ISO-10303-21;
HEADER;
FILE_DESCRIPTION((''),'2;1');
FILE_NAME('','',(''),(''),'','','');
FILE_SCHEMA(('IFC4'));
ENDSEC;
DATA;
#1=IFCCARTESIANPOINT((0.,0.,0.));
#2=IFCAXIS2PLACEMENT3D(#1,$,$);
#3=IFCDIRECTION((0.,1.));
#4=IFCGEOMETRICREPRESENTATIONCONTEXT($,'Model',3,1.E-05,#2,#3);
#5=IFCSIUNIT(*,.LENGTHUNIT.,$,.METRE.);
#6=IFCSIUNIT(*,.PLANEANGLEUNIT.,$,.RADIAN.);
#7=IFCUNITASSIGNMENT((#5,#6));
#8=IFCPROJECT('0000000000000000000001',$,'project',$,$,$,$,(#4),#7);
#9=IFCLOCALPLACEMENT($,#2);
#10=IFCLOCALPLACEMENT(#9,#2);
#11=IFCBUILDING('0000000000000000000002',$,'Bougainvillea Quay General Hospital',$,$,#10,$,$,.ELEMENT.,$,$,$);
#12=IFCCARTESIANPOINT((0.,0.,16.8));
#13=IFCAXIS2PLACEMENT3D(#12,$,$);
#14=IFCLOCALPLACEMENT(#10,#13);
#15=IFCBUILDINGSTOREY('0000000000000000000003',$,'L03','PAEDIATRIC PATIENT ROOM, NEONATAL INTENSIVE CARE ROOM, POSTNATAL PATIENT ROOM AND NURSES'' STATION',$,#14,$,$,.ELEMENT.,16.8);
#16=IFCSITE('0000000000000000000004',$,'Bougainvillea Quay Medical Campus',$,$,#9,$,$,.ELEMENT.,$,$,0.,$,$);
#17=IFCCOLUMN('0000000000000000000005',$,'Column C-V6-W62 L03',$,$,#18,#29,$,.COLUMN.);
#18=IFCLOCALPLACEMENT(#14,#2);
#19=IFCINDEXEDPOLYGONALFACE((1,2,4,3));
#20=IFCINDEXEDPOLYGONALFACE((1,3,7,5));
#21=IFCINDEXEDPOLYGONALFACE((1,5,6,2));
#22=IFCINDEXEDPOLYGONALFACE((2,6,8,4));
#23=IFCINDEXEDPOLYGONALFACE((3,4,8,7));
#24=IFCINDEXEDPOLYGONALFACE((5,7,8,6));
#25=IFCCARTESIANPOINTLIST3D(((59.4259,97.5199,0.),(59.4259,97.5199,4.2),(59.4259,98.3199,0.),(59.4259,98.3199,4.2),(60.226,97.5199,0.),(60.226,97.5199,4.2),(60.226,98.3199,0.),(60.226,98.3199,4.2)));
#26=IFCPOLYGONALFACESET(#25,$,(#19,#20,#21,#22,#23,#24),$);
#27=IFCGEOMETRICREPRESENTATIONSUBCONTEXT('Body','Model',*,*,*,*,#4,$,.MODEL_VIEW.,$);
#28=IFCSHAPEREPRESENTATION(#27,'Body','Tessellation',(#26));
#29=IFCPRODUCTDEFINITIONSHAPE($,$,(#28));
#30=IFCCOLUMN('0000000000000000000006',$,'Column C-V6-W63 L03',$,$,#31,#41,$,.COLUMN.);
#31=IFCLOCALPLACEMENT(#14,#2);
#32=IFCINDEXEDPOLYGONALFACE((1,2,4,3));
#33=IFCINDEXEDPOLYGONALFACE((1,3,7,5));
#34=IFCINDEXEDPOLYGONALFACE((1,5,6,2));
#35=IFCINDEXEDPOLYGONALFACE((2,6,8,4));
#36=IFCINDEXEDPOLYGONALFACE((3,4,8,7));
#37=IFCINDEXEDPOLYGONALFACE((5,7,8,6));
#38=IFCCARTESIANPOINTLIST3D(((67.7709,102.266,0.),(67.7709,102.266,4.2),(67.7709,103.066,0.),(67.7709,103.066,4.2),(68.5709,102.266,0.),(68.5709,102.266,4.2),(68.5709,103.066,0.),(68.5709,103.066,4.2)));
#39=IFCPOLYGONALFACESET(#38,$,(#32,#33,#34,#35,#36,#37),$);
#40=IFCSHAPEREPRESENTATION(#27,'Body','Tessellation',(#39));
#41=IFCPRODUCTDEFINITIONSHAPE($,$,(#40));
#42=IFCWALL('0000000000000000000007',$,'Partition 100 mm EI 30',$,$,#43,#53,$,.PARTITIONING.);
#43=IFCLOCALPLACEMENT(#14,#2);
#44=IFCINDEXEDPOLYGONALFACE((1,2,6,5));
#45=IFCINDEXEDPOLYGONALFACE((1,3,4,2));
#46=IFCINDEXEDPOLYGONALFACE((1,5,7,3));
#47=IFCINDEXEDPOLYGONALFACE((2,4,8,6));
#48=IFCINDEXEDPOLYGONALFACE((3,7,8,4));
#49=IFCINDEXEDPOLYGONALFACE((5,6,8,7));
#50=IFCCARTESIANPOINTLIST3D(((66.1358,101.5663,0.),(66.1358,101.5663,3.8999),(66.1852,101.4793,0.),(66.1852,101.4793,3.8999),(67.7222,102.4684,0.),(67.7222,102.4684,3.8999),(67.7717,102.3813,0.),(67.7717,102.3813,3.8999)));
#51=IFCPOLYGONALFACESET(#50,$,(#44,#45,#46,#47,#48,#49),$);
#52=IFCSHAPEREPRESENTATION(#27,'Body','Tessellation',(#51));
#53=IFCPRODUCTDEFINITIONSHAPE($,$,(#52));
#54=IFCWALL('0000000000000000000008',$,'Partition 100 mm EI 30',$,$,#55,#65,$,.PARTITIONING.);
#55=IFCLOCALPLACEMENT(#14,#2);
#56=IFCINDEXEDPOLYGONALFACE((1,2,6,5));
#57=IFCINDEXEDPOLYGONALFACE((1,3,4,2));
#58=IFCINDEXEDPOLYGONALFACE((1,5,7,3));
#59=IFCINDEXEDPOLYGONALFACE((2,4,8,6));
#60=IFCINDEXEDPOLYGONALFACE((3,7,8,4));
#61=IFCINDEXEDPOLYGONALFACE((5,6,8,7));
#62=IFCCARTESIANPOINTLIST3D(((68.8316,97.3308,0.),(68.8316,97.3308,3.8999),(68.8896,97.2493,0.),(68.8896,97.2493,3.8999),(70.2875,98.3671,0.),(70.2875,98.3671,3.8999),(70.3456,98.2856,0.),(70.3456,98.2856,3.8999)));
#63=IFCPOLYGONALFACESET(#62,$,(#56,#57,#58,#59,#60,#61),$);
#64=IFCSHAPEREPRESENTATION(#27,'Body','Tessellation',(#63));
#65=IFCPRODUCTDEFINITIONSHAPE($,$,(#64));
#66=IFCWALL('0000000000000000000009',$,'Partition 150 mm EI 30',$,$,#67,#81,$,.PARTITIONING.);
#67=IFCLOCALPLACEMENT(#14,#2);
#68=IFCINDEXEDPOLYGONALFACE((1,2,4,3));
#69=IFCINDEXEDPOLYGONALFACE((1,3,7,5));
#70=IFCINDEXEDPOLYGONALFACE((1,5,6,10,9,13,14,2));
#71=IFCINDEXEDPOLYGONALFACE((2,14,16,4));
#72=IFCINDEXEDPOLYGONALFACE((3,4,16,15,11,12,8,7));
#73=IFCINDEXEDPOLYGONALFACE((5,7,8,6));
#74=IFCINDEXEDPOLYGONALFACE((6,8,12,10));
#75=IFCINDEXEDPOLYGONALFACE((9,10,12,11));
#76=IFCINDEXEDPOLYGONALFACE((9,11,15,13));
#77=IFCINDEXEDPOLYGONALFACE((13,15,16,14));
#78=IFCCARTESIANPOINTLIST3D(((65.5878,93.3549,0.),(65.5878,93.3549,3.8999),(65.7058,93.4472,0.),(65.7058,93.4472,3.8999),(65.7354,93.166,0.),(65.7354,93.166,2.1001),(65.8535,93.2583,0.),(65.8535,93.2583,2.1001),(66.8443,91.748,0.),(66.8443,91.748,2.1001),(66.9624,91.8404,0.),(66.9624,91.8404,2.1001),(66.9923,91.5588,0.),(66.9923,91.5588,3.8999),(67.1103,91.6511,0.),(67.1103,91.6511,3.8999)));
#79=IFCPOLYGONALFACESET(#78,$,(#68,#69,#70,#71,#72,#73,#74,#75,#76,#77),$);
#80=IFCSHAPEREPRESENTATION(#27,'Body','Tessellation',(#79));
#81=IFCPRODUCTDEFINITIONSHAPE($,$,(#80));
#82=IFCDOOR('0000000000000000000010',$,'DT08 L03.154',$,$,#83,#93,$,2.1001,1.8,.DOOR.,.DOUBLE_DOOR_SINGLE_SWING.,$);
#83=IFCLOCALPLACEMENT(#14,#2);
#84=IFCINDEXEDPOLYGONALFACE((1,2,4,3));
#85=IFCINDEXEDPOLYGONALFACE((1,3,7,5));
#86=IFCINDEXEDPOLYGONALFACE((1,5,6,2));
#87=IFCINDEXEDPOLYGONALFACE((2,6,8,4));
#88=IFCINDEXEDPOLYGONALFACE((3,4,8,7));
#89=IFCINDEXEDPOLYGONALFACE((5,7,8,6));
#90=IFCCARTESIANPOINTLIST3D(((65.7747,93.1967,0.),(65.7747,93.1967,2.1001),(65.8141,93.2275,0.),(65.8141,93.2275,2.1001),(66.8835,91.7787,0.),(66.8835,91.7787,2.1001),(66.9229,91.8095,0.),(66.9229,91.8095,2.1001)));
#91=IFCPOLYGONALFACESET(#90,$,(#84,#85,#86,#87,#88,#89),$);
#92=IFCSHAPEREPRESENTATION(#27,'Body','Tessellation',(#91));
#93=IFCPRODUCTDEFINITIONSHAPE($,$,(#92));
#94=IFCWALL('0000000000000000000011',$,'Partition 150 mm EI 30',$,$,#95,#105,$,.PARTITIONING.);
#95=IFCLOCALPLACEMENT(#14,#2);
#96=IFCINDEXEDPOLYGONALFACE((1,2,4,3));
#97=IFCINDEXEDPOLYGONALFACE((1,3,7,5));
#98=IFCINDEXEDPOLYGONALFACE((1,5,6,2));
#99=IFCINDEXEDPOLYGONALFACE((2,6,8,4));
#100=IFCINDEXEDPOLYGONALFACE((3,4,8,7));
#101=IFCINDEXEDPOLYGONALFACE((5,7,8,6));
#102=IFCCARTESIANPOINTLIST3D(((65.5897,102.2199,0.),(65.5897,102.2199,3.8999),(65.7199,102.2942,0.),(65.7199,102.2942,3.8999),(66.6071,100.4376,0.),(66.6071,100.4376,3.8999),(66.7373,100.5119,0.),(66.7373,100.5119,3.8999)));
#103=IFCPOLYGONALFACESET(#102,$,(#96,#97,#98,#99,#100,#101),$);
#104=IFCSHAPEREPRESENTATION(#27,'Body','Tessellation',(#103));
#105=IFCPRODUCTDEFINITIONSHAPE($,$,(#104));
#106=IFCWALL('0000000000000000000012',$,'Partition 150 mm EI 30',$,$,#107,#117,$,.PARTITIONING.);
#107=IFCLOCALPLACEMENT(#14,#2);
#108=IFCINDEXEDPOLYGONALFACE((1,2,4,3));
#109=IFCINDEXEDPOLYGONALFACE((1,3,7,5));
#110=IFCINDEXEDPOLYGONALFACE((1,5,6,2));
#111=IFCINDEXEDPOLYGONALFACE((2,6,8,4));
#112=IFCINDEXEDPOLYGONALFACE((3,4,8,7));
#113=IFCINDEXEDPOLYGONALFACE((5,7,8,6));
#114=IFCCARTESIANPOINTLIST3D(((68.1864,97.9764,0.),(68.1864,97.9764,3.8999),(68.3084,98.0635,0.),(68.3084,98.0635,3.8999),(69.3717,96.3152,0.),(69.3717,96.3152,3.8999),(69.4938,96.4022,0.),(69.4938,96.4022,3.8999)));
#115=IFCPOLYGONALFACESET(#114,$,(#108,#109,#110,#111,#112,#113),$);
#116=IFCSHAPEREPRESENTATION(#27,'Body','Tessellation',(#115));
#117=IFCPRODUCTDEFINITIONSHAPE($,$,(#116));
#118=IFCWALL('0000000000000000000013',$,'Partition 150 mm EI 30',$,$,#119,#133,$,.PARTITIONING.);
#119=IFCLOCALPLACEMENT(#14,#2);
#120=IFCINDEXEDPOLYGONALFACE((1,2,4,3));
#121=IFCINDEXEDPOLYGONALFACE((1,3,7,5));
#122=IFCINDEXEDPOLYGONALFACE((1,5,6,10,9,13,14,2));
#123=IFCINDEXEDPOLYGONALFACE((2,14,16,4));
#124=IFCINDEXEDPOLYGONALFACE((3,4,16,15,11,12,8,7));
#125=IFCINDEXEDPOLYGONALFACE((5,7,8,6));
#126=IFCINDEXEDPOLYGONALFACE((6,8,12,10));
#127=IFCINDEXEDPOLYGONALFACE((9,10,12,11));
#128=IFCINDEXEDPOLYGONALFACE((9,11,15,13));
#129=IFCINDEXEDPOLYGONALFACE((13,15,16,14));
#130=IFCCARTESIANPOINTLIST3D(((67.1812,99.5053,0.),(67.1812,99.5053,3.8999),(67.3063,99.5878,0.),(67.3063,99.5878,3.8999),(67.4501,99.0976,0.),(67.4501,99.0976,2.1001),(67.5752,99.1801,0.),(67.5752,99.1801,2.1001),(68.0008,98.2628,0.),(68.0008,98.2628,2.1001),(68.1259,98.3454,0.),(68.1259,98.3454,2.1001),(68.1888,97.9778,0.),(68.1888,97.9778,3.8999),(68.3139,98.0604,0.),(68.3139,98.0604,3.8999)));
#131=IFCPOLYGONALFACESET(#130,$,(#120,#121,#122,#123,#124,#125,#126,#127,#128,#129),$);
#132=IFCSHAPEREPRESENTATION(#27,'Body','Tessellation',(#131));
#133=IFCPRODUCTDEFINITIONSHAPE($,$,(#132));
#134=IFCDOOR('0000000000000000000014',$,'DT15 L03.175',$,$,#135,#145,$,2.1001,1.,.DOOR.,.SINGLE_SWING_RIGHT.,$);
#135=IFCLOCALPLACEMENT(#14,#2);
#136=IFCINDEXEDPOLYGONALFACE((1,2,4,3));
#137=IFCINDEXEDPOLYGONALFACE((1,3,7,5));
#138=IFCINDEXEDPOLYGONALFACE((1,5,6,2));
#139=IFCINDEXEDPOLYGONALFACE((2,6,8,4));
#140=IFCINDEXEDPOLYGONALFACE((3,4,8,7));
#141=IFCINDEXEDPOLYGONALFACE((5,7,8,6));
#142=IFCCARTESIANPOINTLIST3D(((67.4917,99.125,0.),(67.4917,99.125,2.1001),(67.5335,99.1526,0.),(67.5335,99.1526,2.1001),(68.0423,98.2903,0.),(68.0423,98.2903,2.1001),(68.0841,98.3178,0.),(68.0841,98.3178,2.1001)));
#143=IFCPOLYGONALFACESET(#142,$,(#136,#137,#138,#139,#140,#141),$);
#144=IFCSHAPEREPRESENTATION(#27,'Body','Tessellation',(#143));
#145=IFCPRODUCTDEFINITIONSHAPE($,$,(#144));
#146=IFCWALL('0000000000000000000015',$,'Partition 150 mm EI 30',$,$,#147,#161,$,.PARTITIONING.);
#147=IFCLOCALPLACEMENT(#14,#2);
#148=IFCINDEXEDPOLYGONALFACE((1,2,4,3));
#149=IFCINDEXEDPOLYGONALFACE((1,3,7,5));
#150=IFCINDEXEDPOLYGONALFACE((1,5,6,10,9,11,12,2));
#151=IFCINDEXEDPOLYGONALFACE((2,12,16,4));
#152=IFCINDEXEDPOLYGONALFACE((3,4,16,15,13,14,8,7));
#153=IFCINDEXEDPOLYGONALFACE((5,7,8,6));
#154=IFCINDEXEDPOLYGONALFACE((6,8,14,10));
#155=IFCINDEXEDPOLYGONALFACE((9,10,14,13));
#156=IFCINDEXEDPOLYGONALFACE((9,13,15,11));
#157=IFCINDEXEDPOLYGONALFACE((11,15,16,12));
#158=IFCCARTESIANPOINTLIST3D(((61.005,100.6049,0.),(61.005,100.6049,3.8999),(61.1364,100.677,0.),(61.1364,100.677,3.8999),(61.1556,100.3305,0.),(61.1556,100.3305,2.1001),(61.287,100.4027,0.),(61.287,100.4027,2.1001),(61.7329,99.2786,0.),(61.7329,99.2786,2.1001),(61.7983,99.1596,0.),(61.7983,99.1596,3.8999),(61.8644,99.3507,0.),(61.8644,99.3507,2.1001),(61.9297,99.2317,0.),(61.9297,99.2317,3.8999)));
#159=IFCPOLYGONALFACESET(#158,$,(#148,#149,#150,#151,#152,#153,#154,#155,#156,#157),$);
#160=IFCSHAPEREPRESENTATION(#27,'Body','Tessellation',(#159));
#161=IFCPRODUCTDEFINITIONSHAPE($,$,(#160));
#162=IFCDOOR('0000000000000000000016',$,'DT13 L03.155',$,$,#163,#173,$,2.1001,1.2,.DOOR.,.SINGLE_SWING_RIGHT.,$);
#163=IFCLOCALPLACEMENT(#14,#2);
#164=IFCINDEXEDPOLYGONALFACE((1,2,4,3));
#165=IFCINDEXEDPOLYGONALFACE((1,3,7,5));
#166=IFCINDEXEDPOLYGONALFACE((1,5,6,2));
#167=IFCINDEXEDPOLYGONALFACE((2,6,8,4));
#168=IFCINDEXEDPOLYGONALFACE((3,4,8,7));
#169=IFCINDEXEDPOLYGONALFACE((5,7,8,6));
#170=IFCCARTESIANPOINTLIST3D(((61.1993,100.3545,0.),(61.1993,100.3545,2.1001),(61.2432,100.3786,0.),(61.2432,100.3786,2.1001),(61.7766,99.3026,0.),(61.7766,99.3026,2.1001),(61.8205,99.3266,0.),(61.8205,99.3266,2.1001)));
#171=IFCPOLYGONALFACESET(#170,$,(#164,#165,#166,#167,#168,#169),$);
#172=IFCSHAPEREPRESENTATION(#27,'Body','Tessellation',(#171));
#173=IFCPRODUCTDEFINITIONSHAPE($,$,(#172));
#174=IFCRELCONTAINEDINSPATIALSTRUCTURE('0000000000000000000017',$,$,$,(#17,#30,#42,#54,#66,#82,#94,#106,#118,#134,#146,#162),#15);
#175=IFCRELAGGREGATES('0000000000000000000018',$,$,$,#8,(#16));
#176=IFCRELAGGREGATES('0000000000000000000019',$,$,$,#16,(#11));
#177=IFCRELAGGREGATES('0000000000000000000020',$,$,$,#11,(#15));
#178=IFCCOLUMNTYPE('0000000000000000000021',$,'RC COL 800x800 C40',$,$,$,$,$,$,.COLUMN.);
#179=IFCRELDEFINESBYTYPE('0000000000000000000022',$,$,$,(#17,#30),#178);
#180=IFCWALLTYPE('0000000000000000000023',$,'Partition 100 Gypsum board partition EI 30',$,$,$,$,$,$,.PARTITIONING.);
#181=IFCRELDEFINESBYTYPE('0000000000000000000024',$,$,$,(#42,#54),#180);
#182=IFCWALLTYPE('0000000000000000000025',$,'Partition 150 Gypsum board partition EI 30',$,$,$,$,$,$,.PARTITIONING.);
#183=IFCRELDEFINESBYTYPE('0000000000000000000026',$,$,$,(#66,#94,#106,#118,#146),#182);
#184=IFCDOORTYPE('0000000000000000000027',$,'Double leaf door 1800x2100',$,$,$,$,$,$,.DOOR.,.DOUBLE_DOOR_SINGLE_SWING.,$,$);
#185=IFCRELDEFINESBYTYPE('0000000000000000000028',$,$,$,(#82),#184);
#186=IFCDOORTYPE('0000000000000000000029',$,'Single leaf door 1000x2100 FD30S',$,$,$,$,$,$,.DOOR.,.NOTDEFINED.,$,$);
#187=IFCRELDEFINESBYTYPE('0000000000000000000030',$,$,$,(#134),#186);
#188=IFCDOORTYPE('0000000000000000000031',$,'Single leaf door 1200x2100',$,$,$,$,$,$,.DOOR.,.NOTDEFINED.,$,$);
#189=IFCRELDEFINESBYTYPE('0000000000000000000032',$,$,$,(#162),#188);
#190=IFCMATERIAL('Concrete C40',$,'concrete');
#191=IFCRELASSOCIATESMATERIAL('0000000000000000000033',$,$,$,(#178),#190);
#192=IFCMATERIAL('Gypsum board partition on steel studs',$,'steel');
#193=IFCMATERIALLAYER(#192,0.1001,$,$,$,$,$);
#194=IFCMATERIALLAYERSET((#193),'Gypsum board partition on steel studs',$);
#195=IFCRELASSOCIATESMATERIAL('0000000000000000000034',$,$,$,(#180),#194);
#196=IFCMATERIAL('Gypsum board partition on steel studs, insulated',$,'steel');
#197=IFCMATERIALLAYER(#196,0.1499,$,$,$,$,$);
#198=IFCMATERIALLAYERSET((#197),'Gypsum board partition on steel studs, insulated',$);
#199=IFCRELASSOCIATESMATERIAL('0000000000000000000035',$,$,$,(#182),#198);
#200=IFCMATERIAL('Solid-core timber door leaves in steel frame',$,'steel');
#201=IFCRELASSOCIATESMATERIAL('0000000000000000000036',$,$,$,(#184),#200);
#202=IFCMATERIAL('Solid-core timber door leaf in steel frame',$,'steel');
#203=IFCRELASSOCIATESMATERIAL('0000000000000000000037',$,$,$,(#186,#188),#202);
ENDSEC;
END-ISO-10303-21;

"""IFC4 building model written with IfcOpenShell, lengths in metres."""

from ifc_helpers import new_model, si_unit, direction, frame, frame_2d, origin, origin_2d, place, context, subcontext, project, spatial, rectangle, extrude, material, layer, layer_set, material_profile, profile_set, type_object, element, fill, save


model = new_model("IFC4")

# Units and contexts
model_context = context("Model", 3, precision=1e-05, world=origin(), true_north=direction((0.0, 1.0)))
body_context = subcontext(model_context, "Body", "Model", "MODEL_VIEW")
ifc_project = project(units=[si_unit("LENGTHUNIT", "METRE"), si_unit("PLANEANGLEUNIT", "RADIAN")], contexts=[model_context])

# Site, building, storey
site_placement = place(None, origin())
site = spatial("IfcSite", under=ifc_project, at=site_placement, Name="Bougainvillea Quay Medical Campus", CompositionType="ELEMENT", RefElevation=0.0)
building_placement = place(site_placement, origin())
building = spatial("IfcBuilding", under=site, at=building_placement, Name="Bougainvillea Quay General Hospital", CompositionType="ELEMENT")
storey_placement = place(building_placement, frame((0.0, 0.0, 16.8)))
storey = spatial("IfcBuildingStorey", under=building, at=storey_placement, Name="L03", Description="PAEDIATRIC PATIENT ROOM, NEONATAL INTENSIVE CARE ROOM, POSTNATAL PATIENT ROOM AND NURSES' STATION", CompositionType="ELEMENT", Elevation=16.8)

# Columns
ifc_material_1 = material(Name="Concrete C40", Category="concrete")
ifc_material_profile = material_profile(ifc_material_1, rectangle(XDim=0.8, YDim=0.8, at=origin_2d()))
ifc_profile_set = profile_set([ifc_material_profile], Name="Concrete C40")
column_type = type_object("IfcColumnType", Name="RC COL 800x800 C40", PredefinedType="COLUMN", material=ifc_profile_set)
for number, where, z_axis, x_axis, name in (
    (1, (59.8259, 97.9199, 0.0), (0.0, 0.0, 1.0), (1.0, 0.0, 0.0), "Column C-V6-W62 L03"),
    (2, (68.1709, 102.666, 0.0), (0.0, 0.0, 1.0), (1.0, 0.0, 0.0), "Column C-V6-W63 L03"),
):
    element("IfcColumn", number, at=place(storey_placement, frame(where, z_axis=z_axis, x_axis=x_axis)), inside=storey, type_object=column_type, Name=name, PredefinedType="COLUMN", context=body_context, shape_type="SweptSolid", body=[
        extrude(rectangle(XDim=0.8, YDim=0.8, at=origin_2d()), origin(), (0.0, 0.0, 1.0), 4.2),
    ])

# Walls
ifc_material_2 = material(Name="Gypsum board partition on steel studs", Category="steel")
ifc_layer_1 = layer(ifc_material_2, 0.1001)
ifc_layer_set_1 = layer_set([ifc_layer_1], Name="Gypsum board partition on steel studs")
wall_type_1 = type_object("IfcWallType", Name="Partition 100 Gypsum board partition EI 30", PredefinedType="PARTITIONING", material=ifc_layer_set_1)
wall_1_placement = place(storey_placement, frame((66.1604, 101.5227, 0.0), z_axis=(0.0, 0.0, 1.0), x_axis=(0.869287, 0.494308, 0.0)))
element("IfcWall", 3, at=wall_1_placement, inside=storey, type_object=wall_type_1, Name="Partition 100 mm EI 30", PredefinedType="PARTITIONING", context=body_context, shape_type="SweptSolid", body=[
    extrude(rectangle(XDim=1.825, YDim=0.1001, at=frame_2d((0.9126, 0.0))), origin(), (0.0, 0.0, 1.0), 3.8999),
])
wall_2_placement = place(storey_placement, frame((68.8606, 97.29, 0.0), z_axis=(0.0, 0.0, 1.0), x_axis=(0.814701, 0.579881, 0.0)))
element("IfcWall", 4, at=wall_2_placement, inside=storey, type_object=wall_type_1, Name="Partition 100 mm EI 30", PredefinedType="PARTITIONING", context=body_context, shape_type="SweptSolid", body=[
    extrude(rectangle(XDim=1.7871, YDim=0.1001, at=frame_2d((0.8936, 0.0))), origin(), (0.0, 0.0, 1.0), 3.8999),
])

# Wall, opening, door
ifc_material_3 = material(Name="Gypsum board partition on steel studs, insulated", Category="steel")
ifc_layer_2 = layer(ifc_material_3, 0.1499)
ifc_layer_set_2 = layer_set([ifc_layer_2], Name="Gypsum board partition on steel studs, insulated")
wall_type_2 = type_object("IfcWallType", Name="Partition 150 Gypsum board partition EI 30", PredefinedType="PARTITIONING", material=ifc_layer_set_2)
wall_3_placement = place(storey_placement, frame((65.6467, 93.4011, 0.0), z_axis=(0.0, 0.0, 1.0), x_axis=(0.615999, -0.787747, 0.0)))
wall_3 = element("IfcWall", 5, at=wall_3_placement, inside=storey, type_object=wall_type_2, Name="Partition 150 mm EI 30", PredefinedType="PARTITIONING", context=body_context, shape_type="SweptSolid", body=[
    extrude(rectangle(XDim=2.28, YDim=0.1499, at=frame_2d((1.1401, 0.0))), origin(), (0.0, 0.0, 1.0), 3.8999),
])
opening_1_placement = place(wall_3_placement, frame((0.24, 0.0, 0.0)))
opening_1 = element("IfcOpeningElement", 6, at=opening_1_placement, cuts=wall_3, PredefinedType="OPENING", context=body_context, shape_type="SweptSolid", body=[
    extrude(rectangle(XDim=1.8, YDim=2.1001, at=frame_2d((0.8999, 1.05))), frame((0.0, 0.085, 0.0), z_axis=(0.0, -1.0, 0.0), x_axis=(1.0, 0.0, 0.0)), (0.0, 0.0, 1.0), 0.1699),
])
ifc_material_4 = material(Name="Solid-core timber door leaves in steel frame", Category="steel")
door_type_1 = type_object("IfcDoorType", Name="Double leaf door 1800x2100", OperationType="DOUBLE_DOOR_SINGLE_SWING", PredefinedType="DOOR", material=ifc_material_4)
door_1_placement = place(opening_1_placement, origin())
door_1 = element("IfcDoor", 7, at=door_1_placement, inside=storey, type_object=door_type_1, Name="DT08 L03.154", OperationType="DOUBLE_DOOR_SINGLE_SWING", OverallHeight=2.1001, OverallWidth=1.8, PredefinedType="DOOR", context=body_context, shape_type="SweptSolid", body=[
    extrude(rectangle(XDim=1.8, YDim=2.1001, at=frame_2d((0.8999, 1.05))), frame((0.0, 0.0249, 0.0), z_axis=(0.0, -1.0, 0.0), x_axis=(1.0, 0.0, 0.0)), (0.0, 0.0, 1.0), 0.05),
])
fill(opening_1, door_1)

# Walls
wall_4_placement = place(storey_placement, frame((65.6548, 102.2571, 0.0), z_axis=(0.0, 0.0, 1.0), x_axis=(0.495742, -0.86847, 0.0)))
element("IfcWall", 8, at=wall_4_placement, inside=storey, type_object=wall_type_2, Name="Partition 150 mm EI 30", PredefinedType="PARTITIONING", context=body_context, shape_type="SweptSolid", body=[
    extrude(rectangle(XDim=2.0522, YDim=0.1499, at=frame_2d((1.0261, 0.0))), origin(), (0.0, 0.0, 1.0), 3.8999),
])
wall_5_placement = place(storey_placement, frame((68.2473, 98.02, 0.0), z_axis=(0.0, 0.0, 1.0), x_axis=(0.580842, -0.814016, 0.0)))
element("IfcWall", 9, at=wall_5_placement, inside=storey, type_object=wall_type_2, Name="Partition 150 mm EI 30", PredefinedType="PARTITIONING", context=body_context, shape_type="SweptSolid", body=[
    extrude(rectangle(XDim=2.0408, YDim=0.1499, at=frame_2d((1.0205, 0.0))), origin(), (0.0, 0.0, 1.0), 3.8999),
])

# Walls, openings, doors
wall_6_placement = place(storey_placement, frame((67.2437, 99.5466, 0.0), z_axis=(0.0, 0.0, 1.0), x_axis=(0.55066, -0.83473, 0.0)))
wall_6 = element("IfcWall", 10, at=wall_6_placement, inside=storey, type_object=wall_type_2, Name="Partition 150 mm EI 30", PredefinedType="PARTITIONING", context=body_context, shape_type="SweptSolid", body=[
    extrude(rectangle(XDim=1.8298, YDim=0.1499, at=frame_2d((0.915, 0.0))), origin(), (0.0, 0.0, 1.0), 3.8999),
])
opening_2_placement = place(wall_6_placement, frame((0.4885, 0.0, 0.0)))
opening_2 = element("IfcOpeningElement", 11, at=opening_2_placement, cuts=wall_6, PredefinedType="OPENING", context=body_context, shape_type="SweptSolid", body=[
    extrude(rectangle(XDim=1.0, YDim=2.1001, at=frame_2d((0.5, 1.05))), frame((0.0, 0.085, 0.0), z_axis=(0.0, -1.0, 0.0), x_axis=(1.0, 0.0, 0.0)), (0.0, 0.0, 1.0), 0.1699),
])
ifc_material_5 = material(Name="Solid-core timber door leaf in steel frame", Category="steel")
door_type_2 = type_object("IfcDoorType", Name="Single leaf door 1000x2100 FD30S", OperationType="NOTDEFINED", PredefinedType="DOOR", material=ifc_material_5)
door_2_placement = place(opening_2_placement, origin())
door_2 = element("IfcDoor", 12, at=door_2_placement, inside=storey, type_object=door_type_2, Name="DT15 L03.175", OperationType="SINGLE_SWING_RIGHT", OverallHeight=2.1001, OverallWidth=1.0, PredefinedType="DOOR", context=body_context, shape_type="SweptSolid", body=[
    extrude(rectangle(XDim=1.0, YDim=2.1001, at=frame_2d((0.5, 1.05))), frame((0.0, 0.0249, 0.0), z_axis=(0.0, -1.0, 0.0), x_axis=(1.0, 0.0, 0.0)), (0.0, 0.0, 1.0), 0.05),
])
fill(opening_2, door_2)
wall_7_placement = place(storey_placement, frame((61.0708, 100.6409, 0.0), z_axis=(0.0, 0.0, 1.0), x_axis=(0.481123, -0.876653, 0.0)))
wall_7 = element("IfcWall", 13, at=wall_7_placement, inside=storey, type_object=wall_type_2, Name="Partition 150 mm EI 30", PredefinedType="PARTITIONING", context=body_context, shape_type="SweptSolid", body=[
    extrude(rectangle(XDim=1.6487, YDim=0.1499, at=frame_2d((0.8242, 0.0))), origin(), (0.0, 0.0, 1.0), 3.8999),
])
opening_3_placement = place(wall_7_placement, frame((0.3127, 0.0, 0.0)))
opening_3 = element("IfcOpeningElement", 14, at=opening_3_placement, cuts=wall_7, PredefinedType="OPENING", context=body_context, shape_type="SweptSolid", body=[
    extrude(rectangle(XDim=1.2, YDim=2.1001, at=frame_2d((0.6001, 1.05))), frame((0.0, 0.085, 0.0), z_axis=(0.0, -1.0, 0.0), x_axis=(1.0, 0.0, 0.0)), (0.0, 0.0, 1.0), 0.1699),
])
door_type_3 = type_object("IfcDoorType", Name="Single leaf door 1200x2100", OperationType="NOTDEFINED", PredefinedType="DOOR", material=ifc_material_5)
door_3_placement = place(opening_3_placement, origin())
door_3 = element("IfcDoor", 15, at=door_3_placement, inside=storey, type_object=door_type_3, Name="DT13 L03.155", OperationType="SINGLE_SWING_RIGHT", OverallHeight=2.1001, OverallWidth=1.2, PredefinedType="DOOR", context=body_context, shape_type="SweptSolid", body=[
    extrude(rectangle(XDim=1.2, YDim=2.1001, at=frame_2d((0.6001, 1.05))), frame((0.0, 0.0249, 0.0), z_axis=(0.0, -1.0, 0.0), x_axis=(1.0, 0.0, 0.0)), (0.0, 0.0, 1.0), 0.05),
])
fill(opening_3, door_3)

save(model, "model.ifc")
